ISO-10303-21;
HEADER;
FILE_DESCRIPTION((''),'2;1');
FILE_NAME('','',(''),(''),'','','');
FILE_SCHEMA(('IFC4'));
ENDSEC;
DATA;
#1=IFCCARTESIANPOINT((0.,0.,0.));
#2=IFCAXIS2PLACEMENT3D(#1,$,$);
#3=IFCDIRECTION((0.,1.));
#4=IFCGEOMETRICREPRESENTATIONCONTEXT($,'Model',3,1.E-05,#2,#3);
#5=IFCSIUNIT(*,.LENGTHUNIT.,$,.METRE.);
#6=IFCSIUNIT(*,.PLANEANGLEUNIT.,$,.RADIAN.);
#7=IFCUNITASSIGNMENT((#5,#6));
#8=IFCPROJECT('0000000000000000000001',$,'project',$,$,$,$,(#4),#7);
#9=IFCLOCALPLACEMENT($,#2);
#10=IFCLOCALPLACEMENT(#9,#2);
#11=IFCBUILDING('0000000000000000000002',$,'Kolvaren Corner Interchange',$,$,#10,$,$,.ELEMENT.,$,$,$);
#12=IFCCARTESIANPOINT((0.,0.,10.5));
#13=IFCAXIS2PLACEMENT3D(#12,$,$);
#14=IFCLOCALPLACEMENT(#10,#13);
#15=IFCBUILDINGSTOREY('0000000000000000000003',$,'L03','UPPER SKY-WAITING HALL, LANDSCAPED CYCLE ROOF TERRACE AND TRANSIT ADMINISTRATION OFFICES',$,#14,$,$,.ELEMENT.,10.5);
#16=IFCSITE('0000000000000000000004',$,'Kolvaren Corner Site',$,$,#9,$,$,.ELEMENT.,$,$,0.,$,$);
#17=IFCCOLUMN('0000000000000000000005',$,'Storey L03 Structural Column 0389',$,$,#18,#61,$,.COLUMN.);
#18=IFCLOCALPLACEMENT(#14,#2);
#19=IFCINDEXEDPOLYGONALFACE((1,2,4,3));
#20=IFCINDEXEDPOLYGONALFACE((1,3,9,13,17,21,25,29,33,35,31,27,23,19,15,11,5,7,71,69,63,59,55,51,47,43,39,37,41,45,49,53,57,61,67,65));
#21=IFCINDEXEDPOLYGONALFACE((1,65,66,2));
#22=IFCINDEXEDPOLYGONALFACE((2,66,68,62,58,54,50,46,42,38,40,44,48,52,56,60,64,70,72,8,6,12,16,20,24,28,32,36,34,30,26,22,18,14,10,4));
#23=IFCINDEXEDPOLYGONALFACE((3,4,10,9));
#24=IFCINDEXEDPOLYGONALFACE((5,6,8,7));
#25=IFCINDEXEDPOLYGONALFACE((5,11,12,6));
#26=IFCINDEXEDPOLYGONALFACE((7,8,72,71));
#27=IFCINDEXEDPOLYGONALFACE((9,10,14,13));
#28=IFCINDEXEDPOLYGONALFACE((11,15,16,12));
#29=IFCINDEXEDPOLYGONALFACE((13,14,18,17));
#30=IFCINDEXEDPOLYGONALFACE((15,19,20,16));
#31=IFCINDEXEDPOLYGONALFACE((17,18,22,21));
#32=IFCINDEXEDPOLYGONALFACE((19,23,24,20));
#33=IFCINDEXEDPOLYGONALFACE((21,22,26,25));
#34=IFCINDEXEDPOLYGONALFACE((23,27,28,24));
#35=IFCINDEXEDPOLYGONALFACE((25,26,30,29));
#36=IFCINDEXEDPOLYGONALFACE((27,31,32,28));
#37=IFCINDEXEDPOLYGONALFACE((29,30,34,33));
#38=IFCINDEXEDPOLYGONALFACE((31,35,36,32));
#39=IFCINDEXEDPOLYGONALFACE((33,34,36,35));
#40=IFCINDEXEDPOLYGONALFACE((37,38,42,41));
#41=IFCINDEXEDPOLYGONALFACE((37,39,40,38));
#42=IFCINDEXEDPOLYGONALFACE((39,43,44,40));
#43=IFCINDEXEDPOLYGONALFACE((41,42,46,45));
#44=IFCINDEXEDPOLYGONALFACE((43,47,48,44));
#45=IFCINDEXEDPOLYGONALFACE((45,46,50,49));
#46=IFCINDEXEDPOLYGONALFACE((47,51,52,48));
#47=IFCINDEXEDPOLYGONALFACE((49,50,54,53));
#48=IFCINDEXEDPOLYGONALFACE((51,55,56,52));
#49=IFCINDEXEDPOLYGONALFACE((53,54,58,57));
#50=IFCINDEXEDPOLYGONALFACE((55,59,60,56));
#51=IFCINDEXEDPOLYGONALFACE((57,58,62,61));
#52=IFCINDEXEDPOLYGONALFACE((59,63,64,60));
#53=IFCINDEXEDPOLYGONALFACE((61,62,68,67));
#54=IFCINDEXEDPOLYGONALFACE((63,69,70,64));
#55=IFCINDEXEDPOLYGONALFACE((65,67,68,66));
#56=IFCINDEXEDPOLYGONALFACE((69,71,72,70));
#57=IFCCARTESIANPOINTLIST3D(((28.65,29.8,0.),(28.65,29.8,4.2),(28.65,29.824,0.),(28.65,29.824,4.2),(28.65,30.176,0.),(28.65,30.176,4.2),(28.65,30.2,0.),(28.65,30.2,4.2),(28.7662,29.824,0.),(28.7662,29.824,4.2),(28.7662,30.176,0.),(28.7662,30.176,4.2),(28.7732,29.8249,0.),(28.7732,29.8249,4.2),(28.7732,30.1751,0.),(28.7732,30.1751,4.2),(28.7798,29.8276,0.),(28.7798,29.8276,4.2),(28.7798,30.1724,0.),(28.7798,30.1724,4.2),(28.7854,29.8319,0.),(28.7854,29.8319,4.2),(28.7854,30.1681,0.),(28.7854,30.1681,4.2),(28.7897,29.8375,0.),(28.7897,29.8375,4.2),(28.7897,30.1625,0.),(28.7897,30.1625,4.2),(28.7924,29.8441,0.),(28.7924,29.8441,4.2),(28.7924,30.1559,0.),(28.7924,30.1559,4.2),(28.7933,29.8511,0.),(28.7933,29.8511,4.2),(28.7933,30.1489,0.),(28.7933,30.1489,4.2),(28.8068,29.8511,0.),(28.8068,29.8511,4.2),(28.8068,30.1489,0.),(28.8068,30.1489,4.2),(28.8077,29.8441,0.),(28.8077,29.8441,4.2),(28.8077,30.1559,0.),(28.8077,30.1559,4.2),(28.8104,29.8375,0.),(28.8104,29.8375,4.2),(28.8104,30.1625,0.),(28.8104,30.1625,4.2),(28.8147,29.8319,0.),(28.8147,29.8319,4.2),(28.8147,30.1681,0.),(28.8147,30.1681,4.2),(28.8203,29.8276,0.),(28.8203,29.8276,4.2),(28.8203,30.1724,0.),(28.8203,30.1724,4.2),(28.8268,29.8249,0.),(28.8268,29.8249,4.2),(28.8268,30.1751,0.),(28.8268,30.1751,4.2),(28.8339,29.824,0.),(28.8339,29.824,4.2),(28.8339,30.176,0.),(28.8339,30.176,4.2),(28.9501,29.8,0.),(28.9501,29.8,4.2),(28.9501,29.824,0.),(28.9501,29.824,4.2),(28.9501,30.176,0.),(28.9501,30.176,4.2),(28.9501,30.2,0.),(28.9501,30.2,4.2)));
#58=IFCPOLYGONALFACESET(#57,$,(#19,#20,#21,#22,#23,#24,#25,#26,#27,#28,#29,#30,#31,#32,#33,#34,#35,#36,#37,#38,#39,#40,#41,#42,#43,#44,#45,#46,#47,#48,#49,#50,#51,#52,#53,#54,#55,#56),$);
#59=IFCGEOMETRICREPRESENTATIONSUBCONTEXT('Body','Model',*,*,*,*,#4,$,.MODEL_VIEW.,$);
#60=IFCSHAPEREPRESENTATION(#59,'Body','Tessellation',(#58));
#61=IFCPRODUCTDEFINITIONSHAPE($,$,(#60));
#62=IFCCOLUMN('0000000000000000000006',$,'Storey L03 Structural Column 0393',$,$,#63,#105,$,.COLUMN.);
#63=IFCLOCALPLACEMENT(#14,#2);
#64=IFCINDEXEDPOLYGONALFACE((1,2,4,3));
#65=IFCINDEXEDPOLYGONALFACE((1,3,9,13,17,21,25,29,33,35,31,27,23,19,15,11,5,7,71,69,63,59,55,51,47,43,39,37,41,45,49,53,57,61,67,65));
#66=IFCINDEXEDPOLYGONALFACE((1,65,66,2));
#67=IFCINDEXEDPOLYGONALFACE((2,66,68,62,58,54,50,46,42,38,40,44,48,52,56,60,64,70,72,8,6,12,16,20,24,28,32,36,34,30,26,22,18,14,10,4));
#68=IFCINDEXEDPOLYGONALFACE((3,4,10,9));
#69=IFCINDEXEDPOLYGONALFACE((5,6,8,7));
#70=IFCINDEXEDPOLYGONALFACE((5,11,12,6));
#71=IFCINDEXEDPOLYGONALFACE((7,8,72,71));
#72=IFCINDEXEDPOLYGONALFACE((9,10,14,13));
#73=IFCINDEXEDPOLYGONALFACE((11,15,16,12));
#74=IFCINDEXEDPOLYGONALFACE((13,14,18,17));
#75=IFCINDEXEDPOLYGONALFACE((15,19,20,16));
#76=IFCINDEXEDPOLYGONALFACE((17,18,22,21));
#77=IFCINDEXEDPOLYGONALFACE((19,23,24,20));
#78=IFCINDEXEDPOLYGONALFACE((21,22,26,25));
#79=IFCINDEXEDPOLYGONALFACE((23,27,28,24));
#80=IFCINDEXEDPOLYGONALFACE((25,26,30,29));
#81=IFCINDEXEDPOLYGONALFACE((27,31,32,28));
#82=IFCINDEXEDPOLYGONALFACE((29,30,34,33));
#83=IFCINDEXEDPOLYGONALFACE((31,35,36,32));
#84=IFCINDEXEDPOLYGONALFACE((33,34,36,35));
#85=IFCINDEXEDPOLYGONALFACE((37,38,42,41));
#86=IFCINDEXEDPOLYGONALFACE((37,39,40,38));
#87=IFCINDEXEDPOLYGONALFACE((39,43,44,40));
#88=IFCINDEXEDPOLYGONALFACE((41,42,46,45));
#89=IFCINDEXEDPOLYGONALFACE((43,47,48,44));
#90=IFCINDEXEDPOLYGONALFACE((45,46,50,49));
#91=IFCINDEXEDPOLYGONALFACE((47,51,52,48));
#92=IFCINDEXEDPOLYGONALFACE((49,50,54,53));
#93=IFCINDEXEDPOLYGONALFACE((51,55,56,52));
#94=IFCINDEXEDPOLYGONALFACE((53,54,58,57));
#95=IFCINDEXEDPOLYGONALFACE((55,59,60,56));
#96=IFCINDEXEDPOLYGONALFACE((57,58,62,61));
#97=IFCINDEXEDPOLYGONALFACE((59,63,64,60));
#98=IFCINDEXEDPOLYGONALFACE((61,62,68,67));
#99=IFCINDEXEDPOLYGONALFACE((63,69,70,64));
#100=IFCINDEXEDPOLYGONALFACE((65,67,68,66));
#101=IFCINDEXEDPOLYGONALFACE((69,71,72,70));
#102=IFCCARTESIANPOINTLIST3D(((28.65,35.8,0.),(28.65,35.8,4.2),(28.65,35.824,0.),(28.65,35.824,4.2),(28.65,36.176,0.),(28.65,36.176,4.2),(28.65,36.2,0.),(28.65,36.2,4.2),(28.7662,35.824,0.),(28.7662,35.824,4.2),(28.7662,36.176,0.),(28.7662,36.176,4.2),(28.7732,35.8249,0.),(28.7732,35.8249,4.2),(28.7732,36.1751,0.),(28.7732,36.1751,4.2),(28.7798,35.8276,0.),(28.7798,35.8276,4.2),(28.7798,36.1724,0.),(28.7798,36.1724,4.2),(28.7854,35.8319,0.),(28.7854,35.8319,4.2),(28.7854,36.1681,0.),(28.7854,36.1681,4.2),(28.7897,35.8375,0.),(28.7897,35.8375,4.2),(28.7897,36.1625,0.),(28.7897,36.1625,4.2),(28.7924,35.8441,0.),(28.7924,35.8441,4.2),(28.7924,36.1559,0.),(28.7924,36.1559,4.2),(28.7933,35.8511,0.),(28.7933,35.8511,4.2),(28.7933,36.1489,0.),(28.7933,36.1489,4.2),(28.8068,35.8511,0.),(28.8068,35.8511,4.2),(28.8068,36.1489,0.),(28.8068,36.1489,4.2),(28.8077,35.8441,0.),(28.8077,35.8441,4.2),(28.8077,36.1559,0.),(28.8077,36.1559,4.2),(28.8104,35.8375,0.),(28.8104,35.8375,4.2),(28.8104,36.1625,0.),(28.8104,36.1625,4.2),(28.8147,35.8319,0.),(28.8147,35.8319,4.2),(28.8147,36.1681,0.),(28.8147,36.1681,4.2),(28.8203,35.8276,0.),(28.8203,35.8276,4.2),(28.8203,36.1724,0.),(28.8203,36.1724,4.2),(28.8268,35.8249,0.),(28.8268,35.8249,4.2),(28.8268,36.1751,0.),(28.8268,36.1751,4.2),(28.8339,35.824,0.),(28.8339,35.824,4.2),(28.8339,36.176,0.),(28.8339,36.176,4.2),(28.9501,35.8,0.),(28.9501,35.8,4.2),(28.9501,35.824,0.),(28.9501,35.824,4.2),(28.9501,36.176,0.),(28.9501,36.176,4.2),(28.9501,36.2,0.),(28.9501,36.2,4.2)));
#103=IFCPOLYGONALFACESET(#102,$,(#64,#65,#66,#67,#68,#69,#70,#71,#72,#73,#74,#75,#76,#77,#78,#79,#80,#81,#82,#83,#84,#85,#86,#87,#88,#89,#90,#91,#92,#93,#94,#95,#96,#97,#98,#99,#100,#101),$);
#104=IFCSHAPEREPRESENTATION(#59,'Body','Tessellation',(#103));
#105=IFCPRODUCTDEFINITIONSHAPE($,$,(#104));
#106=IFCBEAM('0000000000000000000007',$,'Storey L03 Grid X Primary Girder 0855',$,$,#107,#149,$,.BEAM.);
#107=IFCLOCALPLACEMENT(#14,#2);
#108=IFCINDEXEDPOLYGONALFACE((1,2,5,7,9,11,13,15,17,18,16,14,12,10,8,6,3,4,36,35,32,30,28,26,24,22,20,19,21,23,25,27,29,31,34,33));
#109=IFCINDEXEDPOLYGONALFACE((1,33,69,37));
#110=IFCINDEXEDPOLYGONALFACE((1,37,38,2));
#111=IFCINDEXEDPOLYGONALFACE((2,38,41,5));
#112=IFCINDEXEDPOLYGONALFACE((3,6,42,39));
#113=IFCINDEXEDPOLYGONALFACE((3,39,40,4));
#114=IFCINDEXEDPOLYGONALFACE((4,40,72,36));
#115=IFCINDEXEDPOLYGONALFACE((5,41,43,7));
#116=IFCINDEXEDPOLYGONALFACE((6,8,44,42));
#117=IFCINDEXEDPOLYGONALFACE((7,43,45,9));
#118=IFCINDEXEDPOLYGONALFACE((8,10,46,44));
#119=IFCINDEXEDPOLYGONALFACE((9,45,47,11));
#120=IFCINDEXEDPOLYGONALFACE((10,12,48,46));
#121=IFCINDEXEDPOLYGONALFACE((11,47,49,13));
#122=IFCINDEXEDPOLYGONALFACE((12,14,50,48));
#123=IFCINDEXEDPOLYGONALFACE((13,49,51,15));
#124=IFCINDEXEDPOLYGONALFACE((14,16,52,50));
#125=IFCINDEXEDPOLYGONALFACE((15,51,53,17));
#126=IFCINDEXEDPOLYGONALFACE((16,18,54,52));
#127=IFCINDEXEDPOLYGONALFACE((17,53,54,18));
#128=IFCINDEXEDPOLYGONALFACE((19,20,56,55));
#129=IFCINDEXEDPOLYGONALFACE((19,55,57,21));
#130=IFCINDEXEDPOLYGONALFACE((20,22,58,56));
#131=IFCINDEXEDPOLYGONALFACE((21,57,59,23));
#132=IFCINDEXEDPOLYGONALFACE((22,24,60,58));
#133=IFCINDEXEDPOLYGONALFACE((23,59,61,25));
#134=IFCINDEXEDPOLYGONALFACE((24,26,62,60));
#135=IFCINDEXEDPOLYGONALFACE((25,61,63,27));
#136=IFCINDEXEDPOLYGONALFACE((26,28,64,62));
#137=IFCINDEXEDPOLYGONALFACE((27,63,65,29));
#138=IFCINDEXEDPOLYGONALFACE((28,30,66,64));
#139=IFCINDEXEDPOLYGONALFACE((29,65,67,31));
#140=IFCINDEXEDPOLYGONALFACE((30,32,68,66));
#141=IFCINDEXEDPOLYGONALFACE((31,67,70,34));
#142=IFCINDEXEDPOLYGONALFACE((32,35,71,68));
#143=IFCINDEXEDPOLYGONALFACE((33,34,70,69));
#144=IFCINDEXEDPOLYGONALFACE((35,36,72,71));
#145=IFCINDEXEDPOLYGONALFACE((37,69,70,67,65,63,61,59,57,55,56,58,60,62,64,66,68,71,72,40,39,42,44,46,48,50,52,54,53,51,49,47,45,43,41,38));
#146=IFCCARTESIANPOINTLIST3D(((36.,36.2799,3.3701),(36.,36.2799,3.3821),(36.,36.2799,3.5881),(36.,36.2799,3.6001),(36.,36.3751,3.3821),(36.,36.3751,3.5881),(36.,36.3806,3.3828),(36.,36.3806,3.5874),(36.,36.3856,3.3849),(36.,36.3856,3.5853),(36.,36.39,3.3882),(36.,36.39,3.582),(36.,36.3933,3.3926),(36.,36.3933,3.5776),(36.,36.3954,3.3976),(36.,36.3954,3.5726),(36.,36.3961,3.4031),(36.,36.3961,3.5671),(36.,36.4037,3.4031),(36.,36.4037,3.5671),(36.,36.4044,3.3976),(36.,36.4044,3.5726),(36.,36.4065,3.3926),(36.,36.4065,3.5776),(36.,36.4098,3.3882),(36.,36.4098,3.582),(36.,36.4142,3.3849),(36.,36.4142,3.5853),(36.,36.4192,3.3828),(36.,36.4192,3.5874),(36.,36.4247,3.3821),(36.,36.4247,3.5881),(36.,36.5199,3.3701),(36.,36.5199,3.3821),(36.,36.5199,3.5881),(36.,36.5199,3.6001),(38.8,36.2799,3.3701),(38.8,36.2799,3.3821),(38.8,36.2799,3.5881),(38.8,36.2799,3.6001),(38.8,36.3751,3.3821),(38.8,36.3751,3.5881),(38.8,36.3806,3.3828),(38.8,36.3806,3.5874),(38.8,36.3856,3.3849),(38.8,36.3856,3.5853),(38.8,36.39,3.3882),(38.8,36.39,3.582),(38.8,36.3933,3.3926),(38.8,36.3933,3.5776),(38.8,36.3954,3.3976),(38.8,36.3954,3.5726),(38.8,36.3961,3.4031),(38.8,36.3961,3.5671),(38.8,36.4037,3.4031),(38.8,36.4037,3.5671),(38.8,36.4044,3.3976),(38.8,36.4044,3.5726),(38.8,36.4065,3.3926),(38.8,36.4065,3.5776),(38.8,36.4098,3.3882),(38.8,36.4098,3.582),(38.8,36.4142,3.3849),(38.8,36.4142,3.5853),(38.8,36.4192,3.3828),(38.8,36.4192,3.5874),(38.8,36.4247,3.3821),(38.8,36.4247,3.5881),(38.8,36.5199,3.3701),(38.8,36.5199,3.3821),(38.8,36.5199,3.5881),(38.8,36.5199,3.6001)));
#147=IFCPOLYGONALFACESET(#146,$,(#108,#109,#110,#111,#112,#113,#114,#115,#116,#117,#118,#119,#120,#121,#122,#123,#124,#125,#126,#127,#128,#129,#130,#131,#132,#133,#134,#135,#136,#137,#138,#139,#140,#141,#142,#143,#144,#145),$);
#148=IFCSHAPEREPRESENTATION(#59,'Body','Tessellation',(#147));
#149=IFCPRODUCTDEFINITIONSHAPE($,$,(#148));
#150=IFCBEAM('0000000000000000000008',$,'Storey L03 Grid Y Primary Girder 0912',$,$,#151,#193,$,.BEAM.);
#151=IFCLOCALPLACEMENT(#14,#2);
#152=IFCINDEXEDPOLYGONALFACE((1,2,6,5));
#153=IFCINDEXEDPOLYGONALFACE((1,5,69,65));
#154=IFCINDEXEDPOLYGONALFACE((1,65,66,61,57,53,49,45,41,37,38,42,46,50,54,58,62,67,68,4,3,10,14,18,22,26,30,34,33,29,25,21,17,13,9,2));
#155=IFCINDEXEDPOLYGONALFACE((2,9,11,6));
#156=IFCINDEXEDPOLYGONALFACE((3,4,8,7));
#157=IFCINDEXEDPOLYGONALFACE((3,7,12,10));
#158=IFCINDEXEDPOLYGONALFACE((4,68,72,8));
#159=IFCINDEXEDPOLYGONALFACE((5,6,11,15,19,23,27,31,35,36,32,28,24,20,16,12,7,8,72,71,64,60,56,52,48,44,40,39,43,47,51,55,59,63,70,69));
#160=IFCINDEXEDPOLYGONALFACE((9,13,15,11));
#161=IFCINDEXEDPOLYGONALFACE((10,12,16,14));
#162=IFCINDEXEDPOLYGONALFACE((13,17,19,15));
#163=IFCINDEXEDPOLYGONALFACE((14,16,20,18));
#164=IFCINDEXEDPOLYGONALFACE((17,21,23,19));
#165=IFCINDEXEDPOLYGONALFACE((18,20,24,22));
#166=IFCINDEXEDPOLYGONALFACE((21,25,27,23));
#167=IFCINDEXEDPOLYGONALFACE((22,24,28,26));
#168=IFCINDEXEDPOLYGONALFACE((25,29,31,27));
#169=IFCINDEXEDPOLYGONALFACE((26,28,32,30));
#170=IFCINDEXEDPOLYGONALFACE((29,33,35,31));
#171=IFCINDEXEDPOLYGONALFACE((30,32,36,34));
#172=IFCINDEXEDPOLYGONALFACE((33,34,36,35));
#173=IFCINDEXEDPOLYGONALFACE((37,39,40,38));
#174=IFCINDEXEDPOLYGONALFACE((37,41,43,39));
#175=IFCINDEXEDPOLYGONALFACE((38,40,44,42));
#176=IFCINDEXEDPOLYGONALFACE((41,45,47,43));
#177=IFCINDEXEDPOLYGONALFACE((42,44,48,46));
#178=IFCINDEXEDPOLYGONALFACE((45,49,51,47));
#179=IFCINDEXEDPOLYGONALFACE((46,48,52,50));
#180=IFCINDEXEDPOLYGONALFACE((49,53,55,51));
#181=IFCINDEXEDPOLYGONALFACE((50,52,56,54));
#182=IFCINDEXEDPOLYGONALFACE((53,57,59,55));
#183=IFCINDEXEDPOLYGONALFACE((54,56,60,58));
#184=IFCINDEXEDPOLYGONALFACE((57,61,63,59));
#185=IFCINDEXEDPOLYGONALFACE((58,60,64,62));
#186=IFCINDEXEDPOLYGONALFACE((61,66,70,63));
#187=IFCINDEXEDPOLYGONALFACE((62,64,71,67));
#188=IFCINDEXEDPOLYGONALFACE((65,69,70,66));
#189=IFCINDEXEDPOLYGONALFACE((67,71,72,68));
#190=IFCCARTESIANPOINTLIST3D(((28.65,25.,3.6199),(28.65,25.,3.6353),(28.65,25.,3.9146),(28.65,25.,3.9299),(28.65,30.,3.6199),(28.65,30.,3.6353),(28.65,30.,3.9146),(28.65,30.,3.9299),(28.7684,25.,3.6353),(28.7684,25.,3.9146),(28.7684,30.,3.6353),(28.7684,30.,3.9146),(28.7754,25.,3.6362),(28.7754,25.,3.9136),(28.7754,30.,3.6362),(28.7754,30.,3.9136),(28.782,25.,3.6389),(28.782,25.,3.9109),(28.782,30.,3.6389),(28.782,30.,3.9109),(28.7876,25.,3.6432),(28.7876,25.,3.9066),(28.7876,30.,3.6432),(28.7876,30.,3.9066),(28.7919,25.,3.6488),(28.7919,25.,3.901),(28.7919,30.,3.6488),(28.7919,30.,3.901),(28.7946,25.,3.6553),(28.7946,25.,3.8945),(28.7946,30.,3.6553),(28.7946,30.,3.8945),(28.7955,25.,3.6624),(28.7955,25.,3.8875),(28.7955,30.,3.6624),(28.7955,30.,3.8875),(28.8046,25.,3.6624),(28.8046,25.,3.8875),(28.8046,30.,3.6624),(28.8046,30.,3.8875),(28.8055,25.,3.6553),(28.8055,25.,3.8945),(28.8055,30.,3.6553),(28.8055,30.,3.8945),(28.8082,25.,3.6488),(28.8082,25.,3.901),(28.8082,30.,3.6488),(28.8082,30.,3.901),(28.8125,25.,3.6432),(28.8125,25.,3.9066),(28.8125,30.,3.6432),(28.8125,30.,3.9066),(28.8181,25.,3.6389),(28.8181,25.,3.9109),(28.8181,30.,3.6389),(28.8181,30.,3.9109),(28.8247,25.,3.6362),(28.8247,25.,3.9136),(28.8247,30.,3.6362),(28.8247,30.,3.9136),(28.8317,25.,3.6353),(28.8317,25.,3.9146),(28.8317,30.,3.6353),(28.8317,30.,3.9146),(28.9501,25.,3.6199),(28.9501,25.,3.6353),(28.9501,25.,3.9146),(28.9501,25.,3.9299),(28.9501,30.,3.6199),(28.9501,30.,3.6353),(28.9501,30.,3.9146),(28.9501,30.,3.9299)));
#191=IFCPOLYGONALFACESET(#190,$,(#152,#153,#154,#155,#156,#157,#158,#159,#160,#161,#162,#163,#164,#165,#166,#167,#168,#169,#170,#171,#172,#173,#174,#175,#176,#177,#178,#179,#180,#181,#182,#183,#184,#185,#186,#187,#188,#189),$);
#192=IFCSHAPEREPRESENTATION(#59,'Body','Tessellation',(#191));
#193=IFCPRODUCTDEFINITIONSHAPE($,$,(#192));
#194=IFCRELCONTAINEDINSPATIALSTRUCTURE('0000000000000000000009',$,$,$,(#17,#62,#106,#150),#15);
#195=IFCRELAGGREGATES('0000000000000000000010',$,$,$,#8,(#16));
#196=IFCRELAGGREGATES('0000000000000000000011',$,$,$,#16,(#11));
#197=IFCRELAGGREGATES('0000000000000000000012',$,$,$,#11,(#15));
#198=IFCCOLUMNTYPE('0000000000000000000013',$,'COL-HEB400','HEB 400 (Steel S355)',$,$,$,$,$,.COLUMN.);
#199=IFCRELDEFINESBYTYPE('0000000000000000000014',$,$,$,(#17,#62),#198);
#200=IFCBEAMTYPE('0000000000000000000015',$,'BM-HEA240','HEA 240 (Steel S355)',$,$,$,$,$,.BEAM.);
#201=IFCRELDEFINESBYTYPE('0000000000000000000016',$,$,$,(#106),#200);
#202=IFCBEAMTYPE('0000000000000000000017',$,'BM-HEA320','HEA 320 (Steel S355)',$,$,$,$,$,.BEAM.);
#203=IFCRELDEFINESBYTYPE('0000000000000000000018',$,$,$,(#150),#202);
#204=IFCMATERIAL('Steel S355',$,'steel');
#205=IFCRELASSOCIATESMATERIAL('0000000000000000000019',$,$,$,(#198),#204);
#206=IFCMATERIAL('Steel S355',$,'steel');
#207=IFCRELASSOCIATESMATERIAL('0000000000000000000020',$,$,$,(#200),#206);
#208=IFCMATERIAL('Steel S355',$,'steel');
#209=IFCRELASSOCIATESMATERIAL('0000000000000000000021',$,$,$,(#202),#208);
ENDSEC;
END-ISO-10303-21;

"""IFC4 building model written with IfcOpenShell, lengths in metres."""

from ifc_helpers import new_model, si_unit, direction, frame, origin, origin_2d, place, context, subcontext, project, spatial, i_section, extrude, material, material_profile, profile_set, type_object, element, save


model = new_model("IFC4")

# Units and contexts
model_context = context("Model", 3, precision=1e-05, world=origin(), true_north=direction((0.0, 1.0)))
body_context = subcontext(model_context, "Body", "Model", "MODEL_VIEW")
ifc_project = project(units=[si_unit("LENGTHUNIT", "METRE"), si_unit("PLANEANGLEUNIT", "RADIAN")], contexts=[model_context])

# Site, building, storey
site_placement = place(None, origin())
site = spatial("IfcSite", under=ifc_project, at=site_placement, Name="Kolvaren Corner Site", CompositionType="ELEMENT", RefElevation=0.0)
building_placement = place(site_placement, origin())
building = spatial("IfcBuilding", under=site, at=building_placement, Name="Kolvaren Corner Interchange", CompositionType="ELEMENT")
storey_placement = place(building_placement, frame((0.0, 0.0, 10.5)))
storey = spatial("IfcBuildingStorey", under=building, at=storey_placement, Name="L03", Description="UPPER SKY-WAITING HALL, LANDSCAPED CYCLE ROOF TERRACE AND TRANSIT ADMINISTRATION OFFICES", CompositionType="ELEMENT", Elevation=10.5)

# Columns
ifc_material_1 = material(Name="Steel S355", Category="steel")
ifc_material_profile_1 = material_profile(ifc_material_1, i_section(OverallWidth=0.3, OverallDepth=0.3999, WebThickness=0.0134, FlangeThickness=0.0239, FilletRadius=0.0271, at=origin_2d()), Name="HEB 400")
ifc_profile_set_1 = profile_set([ifc_material_profile_1], Name="Steel S355")
column_type_1 = type_object("IfcColumnType", Name="COL-HEB400", Description="HEB 400 (Steel S355)", PredefinedType="COLUMN", material=ifc_profile_set_1)
for number, where, z_axis, x_axis, name in (
    (1, (28.8, 30.0, 0.0), (0.0, 0.0, 1.0), (1.0, 0.0, 0.0), "Storey L03 Structural Column 0389"),
    (2, (28.8, 36.0, 0.0), (0.0, 0.0, 1.0), (1.0, 0.0, 0.0), "Storey L03 Structural Column 0393"),
):
    element("IfcColumn", number, at=place(storey_placement, frame(where, z_axis=z_axis, x_axis=x_axis)), inside=storey, type_object=column_type_1, Name=name, PredefinedType="COLUMN", context=body_context, shape_type="SweptSolid", body=[
        extrude(i_section(OverallWidth=0.3, OverallDepth=0.3999, WebThickness=0.0134, FlangeThickness=0.0239, FilletRadius=0.0271, at=origin_2d()), origin(), (0.0, 0.0, 1.0), 4.2),
    ])

# Beams
ifc_material_2 = material(Name="Steel S355", Category="steel")
ifc_material_profile_2 = material_profile(ifc_material_2, i_section(OverallWidth=0.24, OverallDepth=0.23, WebThickness=0.0076, FlangeThickness=0.012, FilletRadius=0.021, at=origin_2d()), Name="HEA 240")
ifc_profile_set_2 = profile_set([ifc_material_profile_2], Name="Steel S355")
beam_type_1 = type_object("IfcBeamType", Name="BM-HEA240", Description="HEA 240 (Steel S355)", PredefinedType="BEAM", material=ifc_profile_set_2)
beam_1_placement = place(storey_placement, frame((36.0, 36.3999, 3.4851), z_axis=(1.0, 0.0, 0.0), x_axis=(0.0, 1.0, 0.0)))
element("IfcBeam", 3, at=beam_1_placement, inside=storey, type_object=beam_type_1, Name="Storey L03 Grid X Primary Girder 0855", PredefinedType="BEAM", context=body_context, shape_type="SweptSolid", body=[
    extrude(i_section(OverallWidth=0.24, OverallDepth=0.23, WebThickness=0.0076, FlangeThickness=0.012, FilletRadius=0.021, at=origin_2d()), origin(), (0.0, 0.0, 1.0), 2.8),
])
ifc_material_3 = material(Name="Steel S355", Category="steel")
ifc_material_profile_3 = material_profile(ifc_material_3, i_section(OverallWidth=0.3, OverallDepth=0.3101, WebThickness=0.009, FlangeThickness=0.0154, FilletRadius=0.0271, at=origin_2d()), Name="HEA 320")
ifc_profile_set_3 = profile_set([ifc_material_profile_3], Name="Steel S355")
beam_type_2 = type_object("IfcBeamType", Name="BM-HEA320", Description="HEA 320 (Steel S355)", PredefinedType="BEAM", material=ifc_profile_set_3)
beam_2_placement = place(storey_placement, frame((28.8, 25.0, 3.7749), z_axis=(0.0, 1.0, 0.0), x_axis=(-1.0, 0.0, 0.0)))
element("IfcBeam", 4, at=beam_2_placement, inside=storey, type_object=beam_type_2, Name="Storey L03 Grid Y Primary Girder 0912", PredefinedType="BEAM", context=body_context, shape_type="SweptSolid", body=[
    extrude(i_section(OverallWidth=0.3, OverallDepth=0.3101, WebThickness=0.009, FlangeThickness=0.0154, FilletRadius=0.0271, at=origin_2d()), origin(), (0.0, 0.0, 1.0), 5.0),
])

save(model, "model.ifc")
